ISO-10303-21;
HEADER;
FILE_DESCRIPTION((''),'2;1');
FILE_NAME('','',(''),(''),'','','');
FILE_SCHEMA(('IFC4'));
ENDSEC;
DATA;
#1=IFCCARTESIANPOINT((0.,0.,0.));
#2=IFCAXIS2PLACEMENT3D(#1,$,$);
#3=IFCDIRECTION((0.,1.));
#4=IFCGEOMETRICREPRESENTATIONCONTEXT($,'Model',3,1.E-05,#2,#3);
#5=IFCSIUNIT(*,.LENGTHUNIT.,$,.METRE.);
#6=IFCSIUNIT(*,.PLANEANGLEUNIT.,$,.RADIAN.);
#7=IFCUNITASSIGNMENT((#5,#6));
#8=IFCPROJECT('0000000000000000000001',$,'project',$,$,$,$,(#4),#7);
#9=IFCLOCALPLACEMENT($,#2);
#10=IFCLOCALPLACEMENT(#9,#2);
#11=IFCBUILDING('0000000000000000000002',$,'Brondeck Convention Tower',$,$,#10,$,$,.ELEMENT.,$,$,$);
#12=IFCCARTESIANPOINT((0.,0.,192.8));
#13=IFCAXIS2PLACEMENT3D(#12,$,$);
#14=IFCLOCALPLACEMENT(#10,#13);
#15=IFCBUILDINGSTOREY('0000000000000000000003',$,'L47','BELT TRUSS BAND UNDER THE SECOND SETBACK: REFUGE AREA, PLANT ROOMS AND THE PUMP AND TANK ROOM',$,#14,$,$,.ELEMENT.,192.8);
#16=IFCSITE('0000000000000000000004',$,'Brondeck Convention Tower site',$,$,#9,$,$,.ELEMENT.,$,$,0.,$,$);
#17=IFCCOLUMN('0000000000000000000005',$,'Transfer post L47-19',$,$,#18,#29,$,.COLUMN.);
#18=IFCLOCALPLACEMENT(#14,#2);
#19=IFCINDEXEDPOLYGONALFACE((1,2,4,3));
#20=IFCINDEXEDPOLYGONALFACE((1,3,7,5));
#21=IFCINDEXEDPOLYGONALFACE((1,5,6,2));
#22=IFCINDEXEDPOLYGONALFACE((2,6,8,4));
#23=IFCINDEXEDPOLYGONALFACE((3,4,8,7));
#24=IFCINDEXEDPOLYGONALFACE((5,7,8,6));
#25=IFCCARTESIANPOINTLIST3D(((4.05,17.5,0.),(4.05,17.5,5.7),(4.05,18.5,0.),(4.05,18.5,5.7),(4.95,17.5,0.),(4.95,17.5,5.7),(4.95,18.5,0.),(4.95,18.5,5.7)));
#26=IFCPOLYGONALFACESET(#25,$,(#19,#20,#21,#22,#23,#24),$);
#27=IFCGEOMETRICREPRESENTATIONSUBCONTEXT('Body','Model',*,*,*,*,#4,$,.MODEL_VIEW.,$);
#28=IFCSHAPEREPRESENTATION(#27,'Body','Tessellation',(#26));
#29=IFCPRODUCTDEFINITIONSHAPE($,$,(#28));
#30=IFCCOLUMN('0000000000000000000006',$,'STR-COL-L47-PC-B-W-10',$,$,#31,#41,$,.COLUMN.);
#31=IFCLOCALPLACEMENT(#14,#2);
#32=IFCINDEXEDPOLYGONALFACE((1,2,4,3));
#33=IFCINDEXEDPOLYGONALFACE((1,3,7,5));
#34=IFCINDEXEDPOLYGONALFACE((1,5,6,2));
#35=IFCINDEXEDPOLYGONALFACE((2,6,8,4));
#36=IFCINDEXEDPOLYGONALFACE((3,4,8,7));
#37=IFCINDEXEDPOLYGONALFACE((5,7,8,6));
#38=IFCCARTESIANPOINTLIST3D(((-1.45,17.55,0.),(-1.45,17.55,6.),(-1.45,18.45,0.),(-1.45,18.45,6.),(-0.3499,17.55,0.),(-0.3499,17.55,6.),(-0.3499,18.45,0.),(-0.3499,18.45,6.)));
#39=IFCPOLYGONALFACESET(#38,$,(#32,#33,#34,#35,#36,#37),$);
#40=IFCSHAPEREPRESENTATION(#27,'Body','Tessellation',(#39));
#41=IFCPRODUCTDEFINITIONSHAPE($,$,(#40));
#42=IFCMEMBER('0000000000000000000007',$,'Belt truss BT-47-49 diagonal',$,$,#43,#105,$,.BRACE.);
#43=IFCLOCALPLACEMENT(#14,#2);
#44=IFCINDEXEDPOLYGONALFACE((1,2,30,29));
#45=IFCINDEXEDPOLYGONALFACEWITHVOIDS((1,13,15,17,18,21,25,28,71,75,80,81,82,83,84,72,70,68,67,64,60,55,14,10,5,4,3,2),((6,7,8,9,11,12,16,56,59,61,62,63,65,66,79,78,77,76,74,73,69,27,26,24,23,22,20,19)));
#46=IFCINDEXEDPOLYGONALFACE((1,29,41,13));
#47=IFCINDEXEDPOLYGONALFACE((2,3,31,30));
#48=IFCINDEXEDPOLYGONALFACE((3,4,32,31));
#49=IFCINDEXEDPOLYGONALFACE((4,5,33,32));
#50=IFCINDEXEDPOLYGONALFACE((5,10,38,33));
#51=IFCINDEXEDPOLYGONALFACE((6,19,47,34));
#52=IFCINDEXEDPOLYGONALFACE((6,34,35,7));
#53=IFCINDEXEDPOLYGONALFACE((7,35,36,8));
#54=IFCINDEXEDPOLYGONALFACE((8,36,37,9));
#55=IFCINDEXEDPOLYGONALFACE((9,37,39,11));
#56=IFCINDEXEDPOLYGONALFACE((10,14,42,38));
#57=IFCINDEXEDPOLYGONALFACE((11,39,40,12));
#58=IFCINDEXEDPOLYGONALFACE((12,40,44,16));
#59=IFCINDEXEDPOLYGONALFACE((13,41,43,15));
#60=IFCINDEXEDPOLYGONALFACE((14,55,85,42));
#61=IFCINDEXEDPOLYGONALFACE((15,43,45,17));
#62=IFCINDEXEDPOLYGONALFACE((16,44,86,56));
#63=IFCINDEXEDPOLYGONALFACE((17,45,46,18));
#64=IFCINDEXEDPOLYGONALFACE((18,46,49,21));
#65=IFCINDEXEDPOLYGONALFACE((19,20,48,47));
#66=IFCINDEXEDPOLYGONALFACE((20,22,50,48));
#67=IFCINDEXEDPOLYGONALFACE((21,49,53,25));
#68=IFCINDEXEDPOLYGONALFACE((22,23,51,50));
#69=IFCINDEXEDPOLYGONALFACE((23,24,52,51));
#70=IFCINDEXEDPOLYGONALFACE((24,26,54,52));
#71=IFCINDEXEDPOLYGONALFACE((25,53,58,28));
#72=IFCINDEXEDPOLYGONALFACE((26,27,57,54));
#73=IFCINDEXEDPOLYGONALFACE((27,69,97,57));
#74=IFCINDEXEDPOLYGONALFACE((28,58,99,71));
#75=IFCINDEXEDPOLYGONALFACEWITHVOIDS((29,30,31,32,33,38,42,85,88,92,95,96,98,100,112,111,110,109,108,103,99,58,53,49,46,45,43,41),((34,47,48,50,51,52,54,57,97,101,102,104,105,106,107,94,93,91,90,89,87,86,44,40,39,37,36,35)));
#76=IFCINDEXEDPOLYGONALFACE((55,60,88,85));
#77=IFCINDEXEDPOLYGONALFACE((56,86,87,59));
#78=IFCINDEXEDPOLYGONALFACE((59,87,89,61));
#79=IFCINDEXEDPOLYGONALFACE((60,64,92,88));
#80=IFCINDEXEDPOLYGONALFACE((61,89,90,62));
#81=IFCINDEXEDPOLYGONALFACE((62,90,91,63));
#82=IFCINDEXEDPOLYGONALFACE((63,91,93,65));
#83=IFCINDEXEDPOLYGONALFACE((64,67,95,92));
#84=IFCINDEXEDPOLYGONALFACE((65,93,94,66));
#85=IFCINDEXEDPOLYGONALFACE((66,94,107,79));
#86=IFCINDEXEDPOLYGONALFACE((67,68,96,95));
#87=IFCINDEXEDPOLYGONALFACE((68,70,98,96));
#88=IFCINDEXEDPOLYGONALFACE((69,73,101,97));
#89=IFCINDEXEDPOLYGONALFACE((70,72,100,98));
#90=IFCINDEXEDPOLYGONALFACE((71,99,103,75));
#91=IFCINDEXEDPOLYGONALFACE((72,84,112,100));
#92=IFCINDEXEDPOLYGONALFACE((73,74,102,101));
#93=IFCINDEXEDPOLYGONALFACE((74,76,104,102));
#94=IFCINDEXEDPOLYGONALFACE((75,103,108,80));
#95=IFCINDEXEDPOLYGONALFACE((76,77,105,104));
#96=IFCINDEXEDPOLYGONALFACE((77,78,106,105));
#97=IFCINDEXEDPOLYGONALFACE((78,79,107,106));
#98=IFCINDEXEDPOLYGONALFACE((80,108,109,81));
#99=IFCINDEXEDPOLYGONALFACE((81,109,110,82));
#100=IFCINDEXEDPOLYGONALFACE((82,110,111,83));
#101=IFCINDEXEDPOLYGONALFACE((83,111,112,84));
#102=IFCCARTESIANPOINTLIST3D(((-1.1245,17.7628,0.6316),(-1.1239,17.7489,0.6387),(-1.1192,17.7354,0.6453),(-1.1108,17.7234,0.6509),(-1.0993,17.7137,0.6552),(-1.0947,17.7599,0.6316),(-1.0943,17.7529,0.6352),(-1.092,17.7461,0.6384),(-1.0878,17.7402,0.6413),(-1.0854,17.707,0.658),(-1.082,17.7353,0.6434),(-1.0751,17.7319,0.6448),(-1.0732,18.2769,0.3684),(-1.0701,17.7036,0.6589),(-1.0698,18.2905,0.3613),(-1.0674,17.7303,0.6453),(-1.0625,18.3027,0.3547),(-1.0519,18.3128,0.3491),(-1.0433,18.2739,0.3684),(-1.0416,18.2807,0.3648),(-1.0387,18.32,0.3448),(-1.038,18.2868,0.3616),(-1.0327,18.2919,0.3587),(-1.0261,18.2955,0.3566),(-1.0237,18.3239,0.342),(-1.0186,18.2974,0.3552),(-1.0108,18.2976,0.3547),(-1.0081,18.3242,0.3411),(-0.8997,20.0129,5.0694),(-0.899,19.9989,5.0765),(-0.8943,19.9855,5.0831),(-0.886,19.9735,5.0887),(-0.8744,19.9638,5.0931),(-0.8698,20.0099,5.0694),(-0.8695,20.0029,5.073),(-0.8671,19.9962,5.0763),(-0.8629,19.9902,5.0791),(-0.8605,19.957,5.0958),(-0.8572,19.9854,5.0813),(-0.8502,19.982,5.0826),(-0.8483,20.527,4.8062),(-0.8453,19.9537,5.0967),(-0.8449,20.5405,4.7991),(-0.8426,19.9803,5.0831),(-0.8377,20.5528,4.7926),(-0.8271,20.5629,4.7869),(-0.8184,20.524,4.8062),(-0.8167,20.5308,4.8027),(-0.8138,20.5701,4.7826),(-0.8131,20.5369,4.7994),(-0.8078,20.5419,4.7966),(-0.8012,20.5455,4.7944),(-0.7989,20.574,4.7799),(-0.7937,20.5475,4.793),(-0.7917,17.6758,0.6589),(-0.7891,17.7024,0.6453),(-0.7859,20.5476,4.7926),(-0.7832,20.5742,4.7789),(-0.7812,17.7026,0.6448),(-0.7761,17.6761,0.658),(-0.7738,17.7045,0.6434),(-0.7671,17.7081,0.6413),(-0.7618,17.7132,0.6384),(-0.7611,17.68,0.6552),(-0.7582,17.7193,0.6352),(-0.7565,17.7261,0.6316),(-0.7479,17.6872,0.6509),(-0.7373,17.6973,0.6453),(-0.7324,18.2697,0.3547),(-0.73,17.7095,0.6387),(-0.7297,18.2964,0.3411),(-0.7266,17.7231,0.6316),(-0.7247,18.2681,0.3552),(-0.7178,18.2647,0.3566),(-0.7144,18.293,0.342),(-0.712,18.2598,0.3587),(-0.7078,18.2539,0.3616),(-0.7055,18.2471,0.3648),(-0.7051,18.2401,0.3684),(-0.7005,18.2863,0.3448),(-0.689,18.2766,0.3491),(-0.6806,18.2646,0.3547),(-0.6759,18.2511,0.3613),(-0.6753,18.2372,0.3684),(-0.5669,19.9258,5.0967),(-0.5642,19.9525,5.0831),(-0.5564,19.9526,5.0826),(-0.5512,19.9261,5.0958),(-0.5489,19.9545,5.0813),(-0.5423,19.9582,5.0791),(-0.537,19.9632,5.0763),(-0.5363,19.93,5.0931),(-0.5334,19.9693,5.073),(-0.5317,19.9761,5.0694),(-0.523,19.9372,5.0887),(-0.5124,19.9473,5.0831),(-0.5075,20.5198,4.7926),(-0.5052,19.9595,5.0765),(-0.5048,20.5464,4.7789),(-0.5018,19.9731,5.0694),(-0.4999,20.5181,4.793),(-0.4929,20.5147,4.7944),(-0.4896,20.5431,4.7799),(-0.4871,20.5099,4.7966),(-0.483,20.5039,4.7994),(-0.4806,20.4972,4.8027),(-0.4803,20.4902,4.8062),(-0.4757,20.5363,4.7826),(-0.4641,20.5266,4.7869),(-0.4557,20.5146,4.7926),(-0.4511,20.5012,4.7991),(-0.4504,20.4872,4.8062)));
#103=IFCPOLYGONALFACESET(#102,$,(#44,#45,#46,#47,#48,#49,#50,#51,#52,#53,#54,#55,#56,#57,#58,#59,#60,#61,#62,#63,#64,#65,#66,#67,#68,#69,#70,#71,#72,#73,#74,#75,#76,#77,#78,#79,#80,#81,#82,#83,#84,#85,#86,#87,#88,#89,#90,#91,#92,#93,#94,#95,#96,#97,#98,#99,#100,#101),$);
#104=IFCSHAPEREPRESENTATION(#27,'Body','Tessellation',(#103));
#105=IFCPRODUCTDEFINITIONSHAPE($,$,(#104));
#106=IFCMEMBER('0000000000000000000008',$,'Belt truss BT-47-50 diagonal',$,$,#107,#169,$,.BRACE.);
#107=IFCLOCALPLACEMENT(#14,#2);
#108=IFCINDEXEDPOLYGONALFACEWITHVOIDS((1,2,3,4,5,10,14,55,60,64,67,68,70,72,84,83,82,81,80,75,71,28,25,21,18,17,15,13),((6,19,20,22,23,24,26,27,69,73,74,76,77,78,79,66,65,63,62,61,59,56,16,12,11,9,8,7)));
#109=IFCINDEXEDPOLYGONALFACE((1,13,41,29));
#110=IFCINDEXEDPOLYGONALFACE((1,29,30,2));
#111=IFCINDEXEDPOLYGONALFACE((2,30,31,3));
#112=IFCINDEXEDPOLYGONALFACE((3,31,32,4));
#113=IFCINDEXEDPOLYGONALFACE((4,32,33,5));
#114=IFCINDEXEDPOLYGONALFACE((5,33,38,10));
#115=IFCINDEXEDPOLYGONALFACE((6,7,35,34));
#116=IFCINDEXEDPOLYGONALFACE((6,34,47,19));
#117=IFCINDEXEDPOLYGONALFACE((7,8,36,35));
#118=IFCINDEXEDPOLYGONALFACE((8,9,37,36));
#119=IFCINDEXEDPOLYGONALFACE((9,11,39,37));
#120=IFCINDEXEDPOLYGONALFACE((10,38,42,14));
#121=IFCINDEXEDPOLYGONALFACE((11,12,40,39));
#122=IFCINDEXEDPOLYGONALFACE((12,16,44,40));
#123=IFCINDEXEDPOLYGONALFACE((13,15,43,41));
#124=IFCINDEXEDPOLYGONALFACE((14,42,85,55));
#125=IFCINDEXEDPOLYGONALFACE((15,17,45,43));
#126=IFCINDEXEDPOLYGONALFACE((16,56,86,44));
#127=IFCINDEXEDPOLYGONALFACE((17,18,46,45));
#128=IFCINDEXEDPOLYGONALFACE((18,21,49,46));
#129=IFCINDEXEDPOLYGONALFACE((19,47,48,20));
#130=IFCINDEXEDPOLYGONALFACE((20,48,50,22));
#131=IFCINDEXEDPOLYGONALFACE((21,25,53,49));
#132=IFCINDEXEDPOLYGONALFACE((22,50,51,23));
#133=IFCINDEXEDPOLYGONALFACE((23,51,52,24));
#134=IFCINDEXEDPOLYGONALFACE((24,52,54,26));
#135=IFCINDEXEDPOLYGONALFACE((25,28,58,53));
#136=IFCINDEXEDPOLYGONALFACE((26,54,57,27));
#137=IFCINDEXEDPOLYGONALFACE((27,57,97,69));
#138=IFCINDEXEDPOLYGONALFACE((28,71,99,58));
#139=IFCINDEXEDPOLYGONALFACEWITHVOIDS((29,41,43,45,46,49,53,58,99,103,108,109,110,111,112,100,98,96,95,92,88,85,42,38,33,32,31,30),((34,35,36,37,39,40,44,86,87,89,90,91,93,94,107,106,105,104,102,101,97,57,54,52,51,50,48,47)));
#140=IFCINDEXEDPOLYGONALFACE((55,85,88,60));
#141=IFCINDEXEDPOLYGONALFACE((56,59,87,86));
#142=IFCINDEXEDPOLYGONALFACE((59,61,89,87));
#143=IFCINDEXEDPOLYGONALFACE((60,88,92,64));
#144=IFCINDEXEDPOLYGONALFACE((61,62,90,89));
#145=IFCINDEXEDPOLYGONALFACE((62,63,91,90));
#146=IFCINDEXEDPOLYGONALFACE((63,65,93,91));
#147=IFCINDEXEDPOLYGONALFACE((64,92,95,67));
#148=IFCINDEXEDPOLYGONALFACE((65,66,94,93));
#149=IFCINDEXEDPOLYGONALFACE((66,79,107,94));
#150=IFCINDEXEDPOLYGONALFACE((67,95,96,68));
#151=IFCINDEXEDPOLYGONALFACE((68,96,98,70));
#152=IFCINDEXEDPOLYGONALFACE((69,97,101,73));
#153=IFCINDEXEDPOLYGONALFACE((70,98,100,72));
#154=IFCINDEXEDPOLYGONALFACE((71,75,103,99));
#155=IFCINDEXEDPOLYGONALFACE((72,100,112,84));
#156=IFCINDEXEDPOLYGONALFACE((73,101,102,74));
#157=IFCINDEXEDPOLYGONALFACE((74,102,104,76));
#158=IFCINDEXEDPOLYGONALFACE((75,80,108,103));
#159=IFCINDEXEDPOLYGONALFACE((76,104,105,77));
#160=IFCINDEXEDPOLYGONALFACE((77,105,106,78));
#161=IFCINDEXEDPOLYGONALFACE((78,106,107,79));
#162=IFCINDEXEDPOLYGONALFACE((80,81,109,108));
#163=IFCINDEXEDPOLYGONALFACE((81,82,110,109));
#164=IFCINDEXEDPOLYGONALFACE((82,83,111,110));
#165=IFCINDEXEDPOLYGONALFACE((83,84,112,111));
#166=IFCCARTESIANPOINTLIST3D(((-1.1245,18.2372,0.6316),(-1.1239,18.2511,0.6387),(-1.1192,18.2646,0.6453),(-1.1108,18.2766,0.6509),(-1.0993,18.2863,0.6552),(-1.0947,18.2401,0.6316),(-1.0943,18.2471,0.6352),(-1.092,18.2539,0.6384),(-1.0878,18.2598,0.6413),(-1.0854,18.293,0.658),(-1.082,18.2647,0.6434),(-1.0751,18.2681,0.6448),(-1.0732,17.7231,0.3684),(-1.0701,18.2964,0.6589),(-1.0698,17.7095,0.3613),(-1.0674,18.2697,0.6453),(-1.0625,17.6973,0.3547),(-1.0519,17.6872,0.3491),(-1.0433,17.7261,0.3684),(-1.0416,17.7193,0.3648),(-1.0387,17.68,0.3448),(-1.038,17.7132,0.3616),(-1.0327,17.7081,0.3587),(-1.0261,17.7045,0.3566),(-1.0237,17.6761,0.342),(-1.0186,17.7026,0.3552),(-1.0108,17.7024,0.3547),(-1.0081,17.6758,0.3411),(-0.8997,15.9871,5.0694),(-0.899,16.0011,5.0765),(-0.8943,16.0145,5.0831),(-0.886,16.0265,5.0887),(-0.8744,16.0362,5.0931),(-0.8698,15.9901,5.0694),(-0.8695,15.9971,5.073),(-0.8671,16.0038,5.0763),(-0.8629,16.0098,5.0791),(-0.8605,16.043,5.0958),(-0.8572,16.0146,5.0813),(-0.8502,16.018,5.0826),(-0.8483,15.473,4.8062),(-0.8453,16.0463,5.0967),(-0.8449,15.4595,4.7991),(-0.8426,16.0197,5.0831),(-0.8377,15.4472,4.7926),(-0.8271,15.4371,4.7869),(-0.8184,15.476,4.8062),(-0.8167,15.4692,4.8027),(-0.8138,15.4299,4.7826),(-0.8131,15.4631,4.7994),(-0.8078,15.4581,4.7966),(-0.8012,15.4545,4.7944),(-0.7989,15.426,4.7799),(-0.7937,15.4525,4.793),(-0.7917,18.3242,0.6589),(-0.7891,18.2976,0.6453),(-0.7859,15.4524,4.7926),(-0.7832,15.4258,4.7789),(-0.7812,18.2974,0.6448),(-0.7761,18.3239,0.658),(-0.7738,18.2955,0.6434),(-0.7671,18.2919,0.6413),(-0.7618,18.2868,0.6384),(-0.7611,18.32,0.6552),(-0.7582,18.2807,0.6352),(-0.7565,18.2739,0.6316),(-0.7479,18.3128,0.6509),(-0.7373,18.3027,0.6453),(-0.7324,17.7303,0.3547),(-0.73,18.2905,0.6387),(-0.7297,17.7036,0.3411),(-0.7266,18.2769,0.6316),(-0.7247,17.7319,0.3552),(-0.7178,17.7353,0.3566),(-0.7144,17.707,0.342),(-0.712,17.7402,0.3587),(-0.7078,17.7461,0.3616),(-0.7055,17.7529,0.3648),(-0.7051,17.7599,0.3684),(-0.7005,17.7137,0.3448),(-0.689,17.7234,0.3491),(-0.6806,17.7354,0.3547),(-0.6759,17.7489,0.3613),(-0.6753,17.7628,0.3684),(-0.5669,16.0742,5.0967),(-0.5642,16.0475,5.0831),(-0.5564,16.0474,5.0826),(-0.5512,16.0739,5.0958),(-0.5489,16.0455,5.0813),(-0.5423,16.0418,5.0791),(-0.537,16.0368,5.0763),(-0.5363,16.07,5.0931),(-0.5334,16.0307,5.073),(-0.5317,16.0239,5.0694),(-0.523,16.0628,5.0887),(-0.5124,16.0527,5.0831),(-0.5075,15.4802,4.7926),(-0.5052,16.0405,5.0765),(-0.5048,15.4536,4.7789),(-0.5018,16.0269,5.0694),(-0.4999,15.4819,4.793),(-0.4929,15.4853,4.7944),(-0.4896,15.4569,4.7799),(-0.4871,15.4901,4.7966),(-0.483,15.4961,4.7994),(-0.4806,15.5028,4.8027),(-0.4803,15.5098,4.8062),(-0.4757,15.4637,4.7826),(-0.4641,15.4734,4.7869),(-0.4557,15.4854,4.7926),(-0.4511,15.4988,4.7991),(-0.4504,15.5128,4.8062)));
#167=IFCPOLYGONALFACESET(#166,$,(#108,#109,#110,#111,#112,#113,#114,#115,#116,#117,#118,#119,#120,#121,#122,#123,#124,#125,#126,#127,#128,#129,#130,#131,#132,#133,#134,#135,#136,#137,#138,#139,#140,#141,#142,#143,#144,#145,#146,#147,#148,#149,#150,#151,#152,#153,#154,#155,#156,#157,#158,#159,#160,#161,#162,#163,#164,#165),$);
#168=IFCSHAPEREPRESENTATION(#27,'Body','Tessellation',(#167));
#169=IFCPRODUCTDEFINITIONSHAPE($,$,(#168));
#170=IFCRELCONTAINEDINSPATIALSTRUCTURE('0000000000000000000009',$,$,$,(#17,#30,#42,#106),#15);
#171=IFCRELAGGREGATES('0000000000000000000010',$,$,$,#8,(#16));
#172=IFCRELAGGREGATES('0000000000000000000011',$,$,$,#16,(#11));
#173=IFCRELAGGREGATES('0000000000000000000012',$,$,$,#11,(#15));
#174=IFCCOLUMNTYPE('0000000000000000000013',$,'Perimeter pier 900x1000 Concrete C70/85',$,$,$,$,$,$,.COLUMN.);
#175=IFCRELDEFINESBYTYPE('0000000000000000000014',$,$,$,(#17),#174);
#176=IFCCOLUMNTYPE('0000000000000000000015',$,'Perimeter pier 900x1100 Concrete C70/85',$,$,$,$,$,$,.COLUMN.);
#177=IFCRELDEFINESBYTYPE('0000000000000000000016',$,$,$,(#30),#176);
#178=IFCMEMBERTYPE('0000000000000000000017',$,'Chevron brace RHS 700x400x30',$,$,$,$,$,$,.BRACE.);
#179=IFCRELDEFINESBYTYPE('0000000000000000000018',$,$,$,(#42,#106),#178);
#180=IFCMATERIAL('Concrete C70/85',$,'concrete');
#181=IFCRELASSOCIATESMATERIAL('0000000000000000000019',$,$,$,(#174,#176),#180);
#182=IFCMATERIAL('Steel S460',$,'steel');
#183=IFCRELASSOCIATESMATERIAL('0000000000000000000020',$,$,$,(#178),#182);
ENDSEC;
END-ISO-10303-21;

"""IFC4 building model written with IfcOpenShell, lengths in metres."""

from ifc_helpers import new_model, si_unit, direction, frame, origin, origin_2d, place, context, subcontext, project, spatial, rectangle, hollow_rectangle, extrude, material, material_profile, profile_set, type_object, element, save


model = new_model("IFC4")

# Units and contexts
model_context = context("Model", 3, precision=1e-05, world=origin(), true_north=direction((0.0, 1.0)))
body_context = subcontext(model_context, "Body", "Model", "MODEL_VIEW")
ifc_project = project(units=[si_unit("LENGTHUNIT", "METRE"), si_unit("PLANEANGLEUNIT", "RADIAN")], contexts=[model_context])

# Site, building, storey
site_placement = place(None, origin())
site = spatial("IfcSite", under=ifc_project, at=site_placement, Name="Brondeck Convention Tower site", CompositionType="ELEMENT", RefElevation=0.0)
building_placement = place(site_placement, origin())
building = spatial("IfcBuilding", under=site, at=building_placement, Name="Brondeck Convention Tower", CompositionType="ELEMENT")
storey_placement = place(building_placement, frame((0.0, 0.0, 192.8)))
storey = spatial("IfcBuildingStorey", under=building, at=storey_placement, Name="L47", Description="BELT TRUSS BAND UNDER THE SECOND SETBACK: REFUGE AREA, PLANT ROOMS AND THE PUMP AND TANK ROOM", CompositionType="ELEMENT", Elevation=192.8)

# Columns
ifc_material_1 = material(Name="Concrete C70/85", Category="concrete")
ifc_material_profile_1 = material_profile(ifc_material_1, rectangle(XDim=0.8999, YDim=1.0, at=origin_2d()), Name="Perimeter pier 900x1000 Concrete C70/85")
ifc_profile_set_1 = profile_set([ifc_material_profile_1], Name="Concrete C70/85")
column_type_1 = type_object("IfcColumnType", Name="Perimeter pier 900x1000 Concrete C70/85", PredefinedType="COLUMN", material=ifc_profile_set_1)
column_1_placement = place(storey_placement, frame((4.5, 18.0, 0.0), z_axis=(0.0, 0.0, 1.0), x_axis=(1.0, 0.0, 0.0)))
element("IfcColumn", 1, at=column_1_placement, inside=storey, type_object=column_type_1, Name="Transfer post L47-19", PredefinedType="COLUMN", context=body_context, shape_type="SweptSolid", body=[
    extrude(rectangle(XDim=0.8999, YDim=1.0, at=origin_2d()), origin(), (0.0, 0.0, 1.0), 5.7),
])
ifc_material_profile_2 = material_profile(ifc_material_1, rectangle(XDim=0.8999, YDim=1.1001, at=origin_2d()), Name="Perimeter pier 900x1100 Concrete C70/85")
ifc_profile_set_2 = profile_set([ifc_material_profile_2], Name="Concrete C70/85")
column_type_2 = type_object("IfcColumnType", Name="Perimeter pier 900x1100 Concrete C70/85", PredefinedType="COLUMN", material=ifc_profile_set_2)
column_2_placement = place(storey_placement, frame((-0.8999, 18.0, 0.0), z_axis=(0.0, 0.0, 1.0), x_axis=(0.0, -1.0, 0.0)))
element("IfcColumn", 2, at=column_2_placement, inside=storey, type_object=column_type_2, Name="STR-COL-L47-PC-B-W-10", PredefinedType="COLUMN", context=body_context, shape_type="SweptSolid", body=[
    extrude(rectangle(XDim=0.8999, YDim=1.1001, at=origin_2d()), origin(), (0.0, 0.0, 1.0), 6.0),
])

# Members
ifc_material_2 = material(Name="Steel S460", Category="steel")
ifc_material_profile_3 = material_profile(ifc_material_2, hollow_rectangle(XDim=0.3999, YDim=0.7, WallThickness=0.03, InnerFilletRadius=0.03, OuterFilletRadius=0.0601, at=origin_2d()), Name="RHS 700x400x30")
ifc_profile_set_3 = profile_set([ifc_material_profile_3], Name="Steel S460")
member_type_1 = type_object("IfcMemberType", Name="Chevron brace RHS 700x400x30", PredefinedType="BRACE", material=ifc_profile_set_3)
for number, where, z_axis, x_axis, name in (
    (3, (-0.8999, 18.0, 0.5), (0.045146, 0.45175, 0.891001), (-0.995044, 0.09944, 0.0), "Belt truss BT-47-49 diagonal"),
    (4, (-0.8999, 18.0, 0.5), (0.045146, -0.45175, 0.891001), (0.995044, 0.09944, 0.0), "Belt truss BT-47-50 diagonal"),
):
    element("IfcMember", number, at=place(storey_placement, frame(where, z_axis=z_axis, x_axis=x_axis)), inside=storey, type_object=member_type_1, Name=name, PredefinedType="BRACE", context=body_context, shape_type="SweptSolid", body=[
        extrude(hollow_rectangle(XDim=0.3999, YDim=0.7, WallThickness=0.03, InnerFilletRadius=0.03, OuterFilletRadius=0.0601, at=origin_2d()), origin(), (0.0, 0.0, 1.0), 4.9807),
    ])

save(model, "model.ifc")
